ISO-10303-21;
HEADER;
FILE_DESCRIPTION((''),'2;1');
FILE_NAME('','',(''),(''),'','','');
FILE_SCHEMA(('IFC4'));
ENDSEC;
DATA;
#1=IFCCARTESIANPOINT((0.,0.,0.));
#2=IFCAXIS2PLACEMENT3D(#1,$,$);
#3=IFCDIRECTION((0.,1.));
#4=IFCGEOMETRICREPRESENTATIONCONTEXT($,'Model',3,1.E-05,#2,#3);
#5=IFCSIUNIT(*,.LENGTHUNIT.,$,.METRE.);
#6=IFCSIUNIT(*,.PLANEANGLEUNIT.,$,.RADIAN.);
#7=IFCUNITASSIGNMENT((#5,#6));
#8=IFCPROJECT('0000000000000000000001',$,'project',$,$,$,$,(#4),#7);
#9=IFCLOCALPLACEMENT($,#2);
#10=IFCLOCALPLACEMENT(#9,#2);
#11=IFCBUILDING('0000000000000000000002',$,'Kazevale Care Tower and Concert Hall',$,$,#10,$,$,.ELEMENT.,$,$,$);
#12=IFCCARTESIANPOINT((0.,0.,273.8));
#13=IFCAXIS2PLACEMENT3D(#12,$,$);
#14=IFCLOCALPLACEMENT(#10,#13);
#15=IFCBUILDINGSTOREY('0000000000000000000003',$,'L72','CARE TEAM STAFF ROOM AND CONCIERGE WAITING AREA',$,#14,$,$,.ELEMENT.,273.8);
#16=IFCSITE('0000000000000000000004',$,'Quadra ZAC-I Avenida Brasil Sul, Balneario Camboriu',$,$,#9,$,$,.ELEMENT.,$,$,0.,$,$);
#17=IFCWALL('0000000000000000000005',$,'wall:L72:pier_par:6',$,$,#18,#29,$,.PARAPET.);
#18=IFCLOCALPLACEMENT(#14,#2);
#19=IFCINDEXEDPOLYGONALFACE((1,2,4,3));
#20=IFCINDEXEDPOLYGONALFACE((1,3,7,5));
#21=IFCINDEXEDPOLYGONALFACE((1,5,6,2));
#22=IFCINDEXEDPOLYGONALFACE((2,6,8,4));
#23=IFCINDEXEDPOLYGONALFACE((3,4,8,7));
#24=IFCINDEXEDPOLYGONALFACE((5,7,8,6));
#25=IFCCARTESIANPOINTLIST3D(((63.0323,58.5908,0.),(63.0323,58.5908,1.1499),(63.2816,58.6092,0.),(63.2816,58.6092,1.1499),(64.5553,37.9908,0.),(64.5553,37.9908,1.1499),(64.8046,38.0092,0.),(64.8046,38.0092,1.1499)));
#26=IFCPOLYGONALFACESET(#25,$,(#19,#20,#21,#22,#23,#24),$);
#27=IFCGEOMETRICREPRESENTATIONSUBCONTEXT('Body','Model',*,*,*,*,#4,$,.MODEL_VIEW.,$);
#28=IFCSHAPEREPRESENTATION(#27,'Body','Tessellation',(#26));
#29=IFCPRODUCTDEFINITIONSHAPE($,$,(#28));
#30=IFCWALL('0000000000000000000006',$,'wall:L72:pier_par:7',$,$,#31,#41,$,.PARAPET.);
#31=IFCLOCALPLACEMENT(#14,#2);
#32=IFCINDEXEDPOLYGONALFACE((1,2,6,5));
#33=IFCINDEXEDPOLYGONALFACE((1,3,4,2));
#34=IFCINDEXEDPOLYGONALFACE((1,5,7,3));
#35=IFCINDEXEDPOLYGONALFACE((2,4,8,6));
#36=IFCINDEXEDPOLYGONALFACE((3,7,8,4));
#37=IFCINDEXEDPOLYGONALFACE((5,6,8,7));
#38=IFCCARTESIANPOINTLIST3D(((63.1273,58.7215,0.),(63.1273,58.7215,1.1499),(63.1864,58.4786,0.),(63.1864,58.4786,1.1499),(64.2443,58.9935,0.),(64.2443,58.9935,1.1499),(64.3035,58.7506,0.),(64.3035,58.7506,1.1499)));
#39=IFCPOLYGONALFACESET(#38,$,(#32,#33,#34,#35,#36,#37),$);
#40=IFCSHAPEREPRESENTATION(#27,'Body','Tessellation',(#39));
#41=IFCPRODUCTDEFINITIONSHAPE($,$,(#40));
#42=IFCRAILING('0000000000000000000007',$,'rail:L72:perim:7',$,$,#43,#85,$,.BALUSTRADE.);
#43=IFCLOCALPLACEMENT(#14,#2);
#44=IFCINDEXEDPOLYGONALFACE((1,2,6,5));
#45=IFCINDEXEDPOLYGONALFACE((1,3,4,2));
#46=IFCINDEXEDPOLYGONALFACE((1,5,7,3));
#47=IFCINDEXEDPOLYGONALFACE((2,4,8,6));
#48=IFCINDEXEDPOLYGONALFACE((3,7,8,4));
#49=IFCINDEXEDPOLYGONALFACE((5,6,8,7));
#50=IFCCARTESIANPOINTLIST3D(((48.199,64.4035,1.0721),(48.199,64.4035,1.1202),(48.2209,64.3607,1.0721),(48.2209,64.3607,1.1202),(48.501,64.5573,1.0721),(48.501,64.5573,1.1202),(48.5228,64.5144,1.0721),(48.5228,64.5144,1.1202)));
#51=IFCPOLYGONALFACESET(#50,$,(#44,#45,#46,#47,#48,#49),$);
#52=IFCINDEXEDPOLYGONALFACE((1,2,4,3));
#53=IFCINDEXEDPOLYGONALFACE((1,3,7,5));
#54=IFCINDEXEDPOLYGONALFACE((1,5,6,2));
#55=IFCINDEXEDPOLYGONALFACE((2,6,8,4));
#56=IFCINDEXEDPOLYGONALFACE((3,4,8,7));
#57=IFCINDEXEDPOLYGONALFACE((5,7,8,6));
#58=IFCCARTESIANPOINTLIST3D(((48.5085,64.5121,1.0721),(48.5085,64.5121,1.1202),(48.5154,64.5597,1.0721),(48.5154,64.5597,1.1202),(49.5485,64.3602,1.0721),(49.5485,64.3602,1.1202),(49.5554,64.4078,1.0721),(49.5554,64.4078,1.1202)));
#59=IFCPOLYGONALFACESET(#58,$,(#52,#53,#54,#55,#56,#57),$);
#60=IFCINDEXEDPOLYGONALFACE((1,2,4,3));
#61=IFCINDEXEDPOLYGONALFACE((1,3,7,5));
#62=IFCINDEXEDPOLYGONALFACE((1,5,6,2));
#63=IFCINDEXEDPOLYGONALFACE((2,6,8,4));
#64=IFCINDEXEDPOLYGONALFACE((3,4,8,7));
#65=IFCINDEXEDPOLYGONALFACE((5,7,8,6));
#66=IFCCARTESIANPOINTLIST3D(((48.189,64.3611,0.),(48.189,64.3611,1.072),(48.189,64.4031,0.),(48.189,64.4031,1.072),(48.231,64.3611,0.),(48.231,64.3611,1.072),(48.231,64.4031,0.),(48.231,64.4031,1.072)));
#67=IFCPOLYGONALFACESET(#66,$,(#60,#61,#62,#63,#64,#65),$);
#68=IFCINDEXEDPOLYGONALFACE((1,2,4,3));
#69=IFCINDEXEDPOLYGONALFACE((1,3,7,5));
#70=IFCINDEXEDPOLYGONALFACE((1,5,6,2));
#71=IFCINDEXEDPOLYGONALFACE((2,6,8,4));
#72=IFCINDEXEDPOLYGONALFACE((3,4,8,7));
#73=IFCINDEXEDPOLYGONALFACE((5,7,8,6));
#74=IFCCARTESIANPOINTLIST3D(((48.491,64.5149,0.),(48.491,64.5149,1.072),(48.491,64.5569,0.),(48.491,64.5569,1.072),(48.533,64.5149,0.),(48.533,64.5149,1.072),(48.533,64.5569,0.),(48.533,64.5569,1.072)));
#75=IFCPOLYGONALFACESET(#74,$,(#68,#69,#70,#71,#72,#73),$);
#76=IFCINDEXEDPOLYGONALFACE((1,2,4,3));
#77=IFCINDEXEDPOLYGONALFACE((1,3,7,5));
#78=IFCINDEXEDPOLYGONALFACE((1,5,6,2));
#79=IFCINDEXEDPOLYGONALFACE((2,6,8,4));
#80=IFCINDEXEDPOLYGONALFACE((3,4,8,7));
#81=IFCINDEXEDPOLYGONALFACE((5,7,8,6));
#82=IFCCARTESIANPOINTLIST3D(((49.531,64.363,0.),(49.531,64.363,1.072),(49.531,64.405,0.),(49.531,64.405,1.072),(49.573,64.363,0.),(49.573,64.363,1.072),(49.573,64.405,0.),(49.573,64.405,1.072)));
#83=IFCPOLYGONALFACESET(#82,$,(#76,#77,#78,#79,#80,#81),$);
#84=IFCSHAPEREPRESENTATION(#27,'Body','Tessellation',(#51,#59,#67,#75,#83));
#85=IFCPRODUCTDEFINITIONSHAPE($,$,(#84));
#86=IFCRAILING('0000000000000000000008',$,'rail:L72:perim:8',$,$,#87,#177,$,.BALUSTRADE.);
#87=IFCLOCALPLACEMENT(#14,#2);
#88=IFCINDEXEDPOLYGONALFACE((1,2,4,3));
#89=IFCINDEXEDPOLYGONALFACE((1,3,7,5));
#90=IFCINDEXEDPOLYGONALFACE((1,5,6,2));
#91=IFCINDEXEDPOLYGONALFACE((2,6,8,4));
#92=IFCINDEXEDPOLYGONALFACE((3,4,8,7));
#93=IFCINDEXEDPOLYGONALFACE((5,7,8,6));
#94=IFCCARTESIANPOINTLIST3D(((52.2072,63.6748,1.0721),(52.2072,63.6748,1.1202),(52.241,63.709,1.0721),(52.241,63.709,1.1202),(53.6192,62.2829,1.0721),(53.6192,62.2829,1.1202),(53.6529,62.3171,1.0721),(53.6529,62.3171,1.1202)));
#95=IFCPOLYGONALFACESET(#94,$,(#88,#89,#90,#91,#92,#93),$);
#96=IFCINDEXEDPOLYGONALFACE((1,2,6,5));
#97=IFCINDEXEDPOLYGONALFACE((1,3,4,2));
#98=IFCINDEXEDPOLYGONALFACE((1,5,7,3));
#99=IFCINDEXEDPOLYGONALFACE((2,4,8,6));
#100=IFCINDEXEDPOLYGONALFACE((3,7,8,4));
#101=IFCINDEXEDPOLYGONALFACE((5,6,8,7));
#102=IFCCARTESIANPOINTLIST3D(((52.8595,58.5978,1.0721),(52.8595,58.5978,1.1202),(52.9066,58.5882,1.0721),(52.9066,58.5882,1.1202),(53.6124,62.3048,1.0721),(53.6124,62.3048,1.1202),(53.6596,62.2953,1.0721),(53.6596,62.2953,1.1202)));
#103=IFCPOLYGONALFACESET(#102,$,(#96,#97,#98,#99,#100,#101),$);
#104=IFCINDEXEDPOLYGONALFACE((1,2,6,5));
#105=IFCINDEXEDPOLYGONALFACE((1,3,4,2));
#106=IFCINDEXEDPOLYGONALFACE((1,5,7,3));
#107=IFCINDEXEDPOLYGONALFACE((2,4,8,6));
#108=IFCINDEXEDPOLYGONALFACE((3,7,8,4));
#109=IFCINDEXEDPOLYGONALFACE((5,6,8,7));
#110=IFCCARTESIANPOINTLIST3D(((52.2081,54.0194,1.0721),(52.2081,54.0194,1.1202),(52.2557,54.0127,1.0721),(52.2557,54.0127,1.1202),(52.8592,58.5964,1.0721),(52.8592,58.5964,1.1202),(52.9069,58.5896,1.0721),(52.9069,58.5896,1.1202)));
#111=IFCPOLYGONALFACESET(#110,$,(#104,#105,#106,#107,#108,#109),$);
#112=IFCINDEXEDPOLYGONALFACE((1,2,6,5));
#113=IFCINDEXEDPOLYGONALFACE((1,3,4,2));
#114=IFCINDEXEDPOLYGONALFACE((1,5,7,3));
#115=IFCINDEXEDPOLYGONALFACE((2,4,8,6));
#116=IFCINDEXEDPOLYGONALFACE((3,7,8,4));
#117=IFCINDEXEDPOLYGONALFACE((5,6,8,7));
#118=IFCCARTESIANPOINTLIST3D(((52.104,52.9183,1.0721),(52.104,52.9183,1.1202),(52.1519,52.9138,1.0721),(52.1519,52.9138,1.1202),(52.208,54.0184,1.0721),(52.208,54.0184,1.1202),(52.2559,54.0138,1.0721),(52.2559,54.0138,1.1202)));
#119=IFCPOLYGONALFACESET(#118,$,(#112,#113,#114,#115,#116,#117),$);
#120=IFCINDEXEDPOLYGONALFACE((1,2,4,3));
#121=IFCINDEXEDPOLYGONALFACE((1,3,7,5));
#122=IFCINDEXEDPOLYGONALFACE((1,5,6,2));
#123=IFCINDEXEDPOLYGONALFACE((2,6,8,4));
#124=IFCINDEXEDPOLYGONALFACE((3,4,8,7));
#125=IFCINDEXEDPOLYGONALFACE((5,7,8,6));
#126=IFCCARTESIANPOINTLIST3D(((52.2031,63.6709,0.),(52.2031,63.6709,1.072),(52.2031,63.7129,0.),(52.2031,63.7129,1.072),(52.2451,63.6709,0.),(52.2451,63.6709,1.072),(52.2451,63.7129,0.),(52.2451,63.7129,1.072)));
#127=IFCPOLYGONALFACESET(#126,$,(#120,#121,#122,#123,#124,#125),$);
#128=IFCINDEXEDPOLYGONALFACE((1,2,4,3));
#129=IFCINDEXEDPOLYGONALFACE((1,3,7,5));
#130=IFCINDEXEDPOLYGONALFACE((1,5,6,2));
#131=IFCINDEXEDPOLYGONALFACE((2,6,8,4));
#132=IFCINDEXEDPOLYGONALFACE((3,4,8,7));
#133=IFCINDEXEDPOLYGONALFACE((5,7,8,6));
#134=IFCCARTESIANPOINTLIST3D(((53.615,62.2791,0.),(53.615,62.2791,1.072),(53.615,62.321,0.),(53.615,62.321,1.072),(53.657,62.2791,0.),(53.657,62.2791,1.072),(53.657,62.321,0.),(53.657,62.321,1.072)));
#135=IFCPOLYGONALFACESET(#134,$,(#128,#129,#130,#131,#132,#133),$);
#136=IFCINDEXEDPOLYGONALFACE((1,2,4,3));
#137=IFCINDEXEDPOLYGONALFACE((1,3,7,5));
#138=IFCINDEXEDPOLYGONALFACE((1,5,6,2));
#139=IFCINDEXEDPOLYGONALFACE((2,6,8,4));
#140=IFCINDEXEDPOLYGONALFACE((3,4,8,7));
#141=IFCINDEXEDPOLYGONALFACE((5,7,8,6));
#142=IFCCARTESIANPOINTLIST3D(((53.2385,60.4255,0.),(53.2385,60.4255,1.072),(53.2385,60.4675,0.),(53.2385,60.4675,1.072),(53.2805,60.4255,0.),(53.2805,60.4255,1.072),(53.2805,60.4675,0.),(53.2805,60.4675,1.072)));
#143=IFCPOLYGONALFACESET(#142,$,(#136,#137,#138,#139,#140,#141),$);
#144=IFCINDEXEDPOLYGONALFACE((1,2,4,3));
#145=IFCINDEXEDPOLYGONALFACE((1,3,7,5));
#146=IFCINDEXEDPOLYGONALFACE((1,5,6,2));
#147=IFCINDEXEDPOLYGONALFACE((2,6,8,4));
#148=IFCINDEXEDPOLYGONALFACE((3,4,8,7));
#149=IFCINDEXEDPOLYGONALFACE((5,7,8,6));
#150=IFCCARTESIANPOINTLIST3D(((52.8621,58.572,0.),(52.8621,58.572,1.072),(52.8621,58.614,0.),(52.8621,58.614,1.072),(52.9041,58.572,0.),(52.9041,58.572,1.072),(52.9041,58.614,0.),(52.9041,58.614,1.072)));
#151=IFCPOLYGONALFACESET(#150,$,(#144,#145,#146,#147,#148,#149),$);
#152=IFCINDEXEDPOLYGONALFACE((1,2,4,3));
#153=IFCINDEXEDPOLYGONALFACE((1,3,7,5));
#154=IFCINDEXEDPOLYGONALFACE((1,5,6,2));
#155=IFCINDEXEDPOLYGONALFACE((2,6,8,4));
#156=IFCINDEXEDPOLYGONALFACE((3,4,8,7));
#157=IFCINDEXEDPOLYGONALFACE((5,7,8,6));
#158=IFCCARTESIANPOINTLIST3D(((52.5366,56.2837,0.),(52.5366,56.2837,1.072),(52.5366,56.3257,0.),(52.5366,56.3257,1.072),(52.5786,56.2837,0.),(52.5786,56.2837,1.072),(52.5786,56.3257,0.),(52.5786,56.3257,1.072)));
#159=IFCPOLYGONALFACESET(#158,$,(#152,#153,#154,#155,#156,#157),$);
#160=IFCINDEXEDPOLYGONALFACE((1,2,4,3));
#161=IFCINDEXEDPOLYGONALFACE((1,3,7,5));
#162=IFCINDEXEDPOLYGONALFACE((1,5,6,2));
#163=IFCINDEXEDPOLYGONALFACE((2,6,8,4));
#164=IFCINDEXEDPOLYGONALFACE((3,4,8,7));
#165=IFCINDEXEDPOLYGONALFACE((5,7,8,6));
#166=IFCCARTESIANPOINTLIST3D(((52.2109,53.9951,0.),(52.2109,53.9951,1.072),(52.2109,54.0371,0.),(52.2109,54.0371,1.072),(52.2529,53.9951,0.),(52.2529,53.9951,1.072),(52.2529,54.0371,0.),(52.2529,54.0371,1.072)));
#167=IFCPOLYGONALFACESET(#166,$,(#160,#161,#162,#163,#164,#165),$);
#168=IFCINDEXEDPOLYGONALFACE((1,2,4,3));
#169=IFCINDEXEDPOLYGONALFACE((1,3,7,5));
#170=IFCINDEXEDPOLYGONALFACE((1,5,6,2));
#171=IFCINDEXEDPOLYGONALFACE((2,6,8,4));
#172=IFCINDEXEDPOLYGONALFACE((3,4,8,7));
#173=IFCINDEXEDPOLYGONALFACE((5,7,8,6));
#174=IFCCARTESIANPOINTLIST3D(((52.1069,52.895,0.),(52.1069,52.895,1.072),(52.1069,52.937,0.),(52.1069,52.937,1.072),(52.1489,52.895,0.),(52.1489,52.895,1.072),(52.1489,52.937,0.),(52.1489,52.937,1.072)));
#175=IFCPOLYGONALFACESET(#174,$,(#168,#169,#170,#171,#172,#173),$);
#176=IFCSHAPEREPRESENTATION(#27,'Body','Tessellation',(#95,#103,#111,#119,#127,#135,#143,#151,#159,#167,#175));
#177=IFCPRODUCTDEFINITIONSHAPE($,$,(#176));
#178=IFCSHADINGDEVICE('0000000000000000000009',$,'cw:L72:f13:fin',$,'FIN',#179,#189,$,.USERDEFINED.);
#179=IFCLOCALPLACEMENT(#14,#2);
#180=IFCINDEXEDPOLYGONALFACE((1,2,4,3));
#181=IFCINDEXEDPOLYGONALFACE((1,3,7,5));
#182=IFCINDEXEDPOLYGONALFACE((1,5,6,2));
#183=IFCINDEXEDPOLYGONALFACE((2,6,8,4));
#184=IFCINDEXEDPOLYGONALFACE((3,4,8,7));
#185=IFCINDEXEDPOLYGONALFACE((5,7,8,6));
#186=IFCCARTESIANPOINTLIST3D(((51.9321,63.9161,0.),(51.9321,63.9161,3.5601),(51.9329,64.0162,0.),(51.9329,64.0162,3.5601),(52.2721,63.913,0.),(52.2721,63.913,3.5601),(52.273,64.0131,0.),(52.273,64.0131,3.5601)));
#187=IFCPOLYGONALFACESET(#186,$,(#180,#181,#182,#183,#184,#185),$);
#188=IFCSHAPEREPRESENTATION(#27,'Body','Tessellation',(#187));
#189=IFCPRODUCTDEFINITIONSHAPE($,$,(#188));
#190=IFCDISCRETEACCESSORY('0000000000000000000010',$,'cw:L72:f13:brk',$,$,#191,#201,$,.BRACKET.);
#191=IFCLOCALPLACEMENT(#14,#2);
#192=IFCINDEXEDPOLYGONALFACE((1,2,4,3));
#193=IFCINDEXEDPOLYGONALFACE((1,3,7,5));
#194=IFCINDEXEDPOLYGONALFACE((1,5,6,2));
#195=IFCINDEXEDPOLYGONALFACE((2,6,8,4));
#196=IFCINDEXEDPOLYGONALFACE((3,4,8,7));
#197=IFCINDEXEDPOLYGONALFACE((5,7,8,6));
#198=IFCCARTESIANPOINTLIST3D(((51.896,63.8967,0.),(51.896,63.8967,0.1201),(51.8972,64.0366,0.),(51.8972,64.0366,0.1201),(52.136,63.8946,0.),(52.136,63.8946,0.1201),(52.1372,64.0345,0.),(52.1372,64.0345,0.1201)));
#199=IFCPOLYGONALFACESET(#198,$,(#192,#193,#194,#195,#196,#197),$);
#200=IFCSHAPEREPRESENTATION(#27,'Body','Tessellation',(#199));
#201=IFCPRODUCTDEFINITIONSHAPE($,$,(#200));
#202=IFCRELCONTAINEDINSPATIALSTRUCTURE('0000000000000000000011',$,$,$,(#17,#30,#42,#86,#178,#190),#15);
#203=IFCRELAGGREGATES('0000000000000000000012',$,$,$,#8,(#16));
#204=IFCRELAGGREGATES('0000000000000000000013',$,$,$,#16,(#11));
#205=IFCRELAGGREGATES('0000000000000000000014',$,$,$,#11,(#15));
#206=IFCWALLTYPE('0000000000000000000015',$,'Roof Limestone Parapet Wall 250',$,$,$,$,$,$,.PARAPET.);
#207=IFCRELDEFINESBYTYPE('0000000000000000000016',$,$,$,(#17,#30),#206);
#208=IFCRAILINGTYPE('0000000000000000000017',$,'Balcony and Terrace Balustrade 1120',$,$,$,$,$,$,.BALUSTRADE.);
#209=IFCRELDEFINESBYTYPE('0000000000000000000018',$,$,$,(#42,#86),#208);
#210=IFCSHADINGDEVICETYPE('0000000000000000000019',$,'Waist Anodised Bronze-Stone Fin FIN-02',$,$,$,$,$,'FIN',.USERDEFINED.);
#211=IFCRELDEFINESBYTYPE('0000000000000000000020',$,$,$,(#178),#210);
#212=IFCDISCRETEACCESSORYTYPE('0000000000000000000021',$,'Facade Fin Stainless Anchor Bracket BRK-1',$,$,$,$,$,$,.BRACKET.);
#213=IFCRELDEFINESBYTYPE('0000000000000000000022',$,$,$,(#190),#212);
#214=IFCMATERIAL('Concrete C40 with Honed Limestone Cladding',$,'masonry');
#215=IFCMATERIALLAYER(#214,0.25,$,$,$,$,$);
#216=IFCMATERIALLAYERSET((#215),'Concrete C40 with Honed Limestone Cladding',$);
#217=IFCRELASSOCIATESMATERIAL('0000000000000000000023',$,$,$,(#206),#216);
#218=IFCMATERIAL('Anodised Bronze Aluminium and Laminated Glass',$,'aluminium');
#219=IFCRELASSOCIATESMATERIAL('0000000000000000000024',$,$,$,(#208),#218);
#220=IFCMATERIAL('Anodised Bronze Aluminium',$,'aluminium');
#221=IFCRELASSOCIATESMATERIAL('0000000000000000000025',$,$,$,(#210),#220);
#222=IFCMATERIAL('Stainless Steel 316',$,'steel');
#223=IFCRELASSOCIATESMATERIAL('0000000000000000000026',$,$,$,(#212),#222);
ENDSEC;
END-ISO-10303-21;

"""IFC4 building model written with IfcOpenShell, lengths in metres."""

from ifc_helpers import new_model, si_unit, direction, frame, frame_2d, origin, origin_2d, place, context, subcontext, project, spatial, rectangle, extrude, material, layer, layer_set, type_object, element, save


model = new_model("IFC4")

# Units and contexts
model_context = context("Model", 3, precision=1e-05, world=origin(), true_north=direction((0.0, 1.0)))
body_context = subcontext(model_context, "Body", "Model", "MODEL_VIEW")
ifc_project = project(units=[si_unit("LENGTHUNIT", "METRE"), si_unit("PLANEANGLEUNIT", "RADIAN")], contexts=[model_context])

# Site, building, storey
site_placement = place(None, origin())
site = spatial("IfcSite", under=ifc_project, at=site_placement, Name="Quadra ZAC-I Avenida Brasil Sul, Balneario Camboriu", CompositionType="ELEMENT", RefElevation=0.0)
building_placement = place(site_placement, origin())
building = spatial("IfcBuilding", under=site, at=building_placement, Name="Kazevale Care Tower and Concert Hall", CompositionType="ELEMENT")
storey_placement = place(building_placement, frame((0.0, 0.0, 273.8)))
storey = spatial("IfcBuildingStorey", under=building, at=storey_placement, Name="L72", Description="CARE TEAM STAFF ROOM AND CONCIERGE WAITING AREA", CompositionType="ELEMENT", Elevation=273.8)

# Walls
ifc_material_1 = material(Name="Concrete C40 with Honed Limestone Cladding", Category="masonry")
ifc_layer_1 = layer(ifc_material_1, 0.25)
ifc_layer_set_1 = layer_set([ifc_layer_1], Name="Concrete C40 with Honed Limestone Cladding")
wall_type_1 = type_object("IfcWallType", Name="Roof Limestone Parapet Wall 250", PredefinedType="PARAPET", material=ifc_layer_set_1)
wall_1_placement = place(storey_placement, frame((64.6799, 38.0, 0.0), z_axis=(0.0, 0.0, 1.0), x_axis=(-0.073728, 0.997278, 0.0)))
element("IfcWall", 1, at=wall_1_placement, inside=storey, type_object=wall_type_1, Name="wall:L72:pier_par:6", PredefinedType="PARAPET", context=body_context, shape_type="SweptSolid", body=[
    extrude(rectangle(XDim=20.6562, YDim=0.25, at=frame_2d((10.3281, 0.0))), origin(), (0.0, 0.0, 1.0), 1.1499),
])
wall_2_placement = place(storey_placement, frame((63.157, 58.6001, 0.0), z_axis=(0.0, 0.0, 1.0), x_axis=(0.971611, 0.236585, 0.0)))
element("IfcWall", 2, at=wall_2_placement, inside=storey, type_object=wall_type_1, Name="wall:L72:pier_par:7", PredefinedType="PARAPET", context=body_context, shape_type="SweptSolid", body=[
    extrude(rectangle(XDim=1.1497, YDim=0.25, at=frame_2d((0.5747, 0.0))), origin(), (0.0, 0.0, 1.0), 1.1499),
])

# Railings
ifc_material_2 = material(Name="Anodised Bronze Aluminium and Laminated Glass", Category="aluminium")
railing_type = type_object("IfcRailingType", Name="Balcony and Terrace Balustrade 1120", PredefinedType="BALUSTRADE", material=ifc_material_2)
railing_1_placement = place(storey_placement, frame((48.21, 64.3821, 0.0)))
element("IfcRailing", 3, at=railing_1_placement, inside=storey, type_object=railing_type, Name="rail:L72:perim:7", PredefinedType="BALUSTRADE", context=body_context, shape_type="SweptSolid", body=[
    extrude(rectangle(XDim=0.0481, YDim=0.0481, at=origin_2d()), frame((0.0, 0.0, 1.0962), z_axis=(0.891089, 0.453829, 0.0), x_axis=(-0.453829, 0.891089, 0.0)), (0.0, 0.0, 1.0), 0.3389),
    extrude(rectangle(XDim=0.0481, YDim=0.0481, at=origin_2d()), frame((0.302, 0.1538, 1.0962), z_axis=(0.989508, -0.144477, 0.0), x_axis=(0.144477, 0.989508, 0.0)), (0.0, 0.0, 1.0), 1.051),
    extrude(rectangle(XDim=0.042, YDim=0.042, at=origin_2d()), origin(), (0.0, 0.0, 1.0), 1.072),
    extrude(rectangle(XDim=0.042, YDim=0.042, at=origin_2d()), frame((0.302, 0.1538, 0.0)), (0.0, 0.0, 1.0), 1.072),
    extrude(rectangle(XDim=0.042, YDim=0.042, at=origin_2d()), frame((1.342, 0.002, 0.0)), (0.0, 0.0, 1.0), 1.072),
])
railing_2_placement = place(storey_placement, frame((52.2241, 63.6919, 0.0)))
element("IfcRailing", 4, at=railing_2_placement, inside=storey, type_object=railing_type, Name="rail:L72:perim:8", PredefinedType="BALUSTRADE", context=body_context, shape_type="SweptSolid", body=[
    extrude(rectangle(XDim=0.0481, YDim=0.0481, at=origin_2d()), frame((0.0, 0.0, 1.0962), z_axis=(0.712138, -0.70204, 0.0), x_axis=(0.70204, 0.712138, 0.0)), (0.0, 0.0, 1.0), 1.9827),
    extrude(rectangle(XDim=0.0481, YDim=0.0481, at=origin_2d()), frame((1.4119, -1.3918, 1.0962), z_axis=(-0.199044, -0.97999, 0.0), x_axis=(0.97999, -0.199044, 0.0)), (0.0, 0.0, 1.0), 3.7827),
    extrude(rectangle(XDim=0.0481, YDim=0.0481, at=origin_2d()), frame((0.6589, -5.0989, 1.0962), z_axis=(-0.140845, -0.990032, 0.0), x_axis=(0.990032, -0.140845, 0.0)), (0.0, 0.0, 1.0), 4.623),
    extrude(rectangle(XDim=0.0481, YDim=0.0481, at=origin_2d()), frame((0.0078, -9.6758, 1.0962), z_axis=(-0.094121, -0.995561, 0.0), x_axis=(0.995561, -0.094121, 0.0)), (0.0, 0.0, 1.0), 1.105),
    extrude(rectangle(XDim=0.042, YDim=0.042, at=origin_2d()), origin(), (0.0, 0.0, 1.0), 1.072),
    extrude(rectangle(XDim=0.042, YDim=0.042, at=origin_2d()), frame((1.4119, -1.3918, 0.0)), (0.0, 0.0, 1.0), 1.072),
    extrude(rectangle(XDim=0.042, YDim=0.042, at=origin_2d()), frame((1.0354, -3.2454, 0.0)), (0.0, 0.0, 1.0), 1.072),
    extrude(rectangle(XDim=0.042, YDim=0.042, at=origin_2d()), frame((0.6589, -5.0989, 0.0)), (0.0, 0.0, 1.0), 1.072),
    extrude(rectangle(XDim=0.042, YDim=0.042, at=origin_2d()), frame((0.3335, -7.3872, 0.0)), (0.0, 0.0, 1.0), 1.072),
    extrude(rectangle(XDim=0.042, YDim=0.042, at=origin_2d()), frame((0.0078, -9.6758, 0.0)), (0.0, 0.0, 1.0), 1.072),
    extrude(rectangle(XDim=0.042, YDim=0.042, at=origin_2d()), frame((-0.0962, -10.7759, 0.0)), (0.0, 0.0, 1.0), 1.072),
])

# Shading device
ifc_material_3 = material(Name="Anodised Bronze Aluminium", Category="aluminium")
shading_device_type = type_object("IfcShadingDeviceType", Name="Waist Anodised Bronze-Stone Fin FIN-02", ElementType="FIN", PredefinedType="USERDEFINED", material=ifc_material_3)
shading_device_placement = place(storey_placement, frame((52.1025, 63.9646, 0.0), z_axis=(0.0, 0.0, 1.0), x_axis=(0.99996, -0.008901, 0.0)))
element("IfcShadingDevice", 5, at=shading_device_placement, inside=storey, type_object=shading_device_type, Name="cw:L72:f13:fin", ObjectType="FIN", PredefinedType="USERDEFINED", context=body_context, shape_type="SweptSolid", body=[
    extrude(rectangle(XDim=0.3401, YDim=0.1001, at=origin_2d()), origin(), (0.0, 0.0, 1.0), 3.5601),
])

# Discrete accessory
ifc_material_4 = material(Name="Stainless Steel 316", Category="steel")
discrete_accessory_type = type_object("IfcDiscreteAccessoryType", Name="Facade Fin Stainless Anchor Bracket BRK-1", PredefinedType="BRACKET", material=ifc_material_4)
discrete_accessory_placement = place(storey_placement, frame((52.0166, 63.9656, 0.0), z_axis=(0.0, 0.0, 1.0), x_axis=(0.99996, -0.008901, 0.0)))
element("IfcDiscreteAccessory", 6, at=discrete_accessory_placement, inside=storey, type_object=discrete_accessory_type, Name="cw:L72:f13:brk", PredefinedType="BRACKET", context=body_context, shape_type="SweptSolid", body=[
    extrude(rectangle(XDim=0.24, YDim=0.1399, at=origin_2d()), origin(), (0.0, 0.0, 1.0), 0.1201),
])

save(model, "model.ifc")
